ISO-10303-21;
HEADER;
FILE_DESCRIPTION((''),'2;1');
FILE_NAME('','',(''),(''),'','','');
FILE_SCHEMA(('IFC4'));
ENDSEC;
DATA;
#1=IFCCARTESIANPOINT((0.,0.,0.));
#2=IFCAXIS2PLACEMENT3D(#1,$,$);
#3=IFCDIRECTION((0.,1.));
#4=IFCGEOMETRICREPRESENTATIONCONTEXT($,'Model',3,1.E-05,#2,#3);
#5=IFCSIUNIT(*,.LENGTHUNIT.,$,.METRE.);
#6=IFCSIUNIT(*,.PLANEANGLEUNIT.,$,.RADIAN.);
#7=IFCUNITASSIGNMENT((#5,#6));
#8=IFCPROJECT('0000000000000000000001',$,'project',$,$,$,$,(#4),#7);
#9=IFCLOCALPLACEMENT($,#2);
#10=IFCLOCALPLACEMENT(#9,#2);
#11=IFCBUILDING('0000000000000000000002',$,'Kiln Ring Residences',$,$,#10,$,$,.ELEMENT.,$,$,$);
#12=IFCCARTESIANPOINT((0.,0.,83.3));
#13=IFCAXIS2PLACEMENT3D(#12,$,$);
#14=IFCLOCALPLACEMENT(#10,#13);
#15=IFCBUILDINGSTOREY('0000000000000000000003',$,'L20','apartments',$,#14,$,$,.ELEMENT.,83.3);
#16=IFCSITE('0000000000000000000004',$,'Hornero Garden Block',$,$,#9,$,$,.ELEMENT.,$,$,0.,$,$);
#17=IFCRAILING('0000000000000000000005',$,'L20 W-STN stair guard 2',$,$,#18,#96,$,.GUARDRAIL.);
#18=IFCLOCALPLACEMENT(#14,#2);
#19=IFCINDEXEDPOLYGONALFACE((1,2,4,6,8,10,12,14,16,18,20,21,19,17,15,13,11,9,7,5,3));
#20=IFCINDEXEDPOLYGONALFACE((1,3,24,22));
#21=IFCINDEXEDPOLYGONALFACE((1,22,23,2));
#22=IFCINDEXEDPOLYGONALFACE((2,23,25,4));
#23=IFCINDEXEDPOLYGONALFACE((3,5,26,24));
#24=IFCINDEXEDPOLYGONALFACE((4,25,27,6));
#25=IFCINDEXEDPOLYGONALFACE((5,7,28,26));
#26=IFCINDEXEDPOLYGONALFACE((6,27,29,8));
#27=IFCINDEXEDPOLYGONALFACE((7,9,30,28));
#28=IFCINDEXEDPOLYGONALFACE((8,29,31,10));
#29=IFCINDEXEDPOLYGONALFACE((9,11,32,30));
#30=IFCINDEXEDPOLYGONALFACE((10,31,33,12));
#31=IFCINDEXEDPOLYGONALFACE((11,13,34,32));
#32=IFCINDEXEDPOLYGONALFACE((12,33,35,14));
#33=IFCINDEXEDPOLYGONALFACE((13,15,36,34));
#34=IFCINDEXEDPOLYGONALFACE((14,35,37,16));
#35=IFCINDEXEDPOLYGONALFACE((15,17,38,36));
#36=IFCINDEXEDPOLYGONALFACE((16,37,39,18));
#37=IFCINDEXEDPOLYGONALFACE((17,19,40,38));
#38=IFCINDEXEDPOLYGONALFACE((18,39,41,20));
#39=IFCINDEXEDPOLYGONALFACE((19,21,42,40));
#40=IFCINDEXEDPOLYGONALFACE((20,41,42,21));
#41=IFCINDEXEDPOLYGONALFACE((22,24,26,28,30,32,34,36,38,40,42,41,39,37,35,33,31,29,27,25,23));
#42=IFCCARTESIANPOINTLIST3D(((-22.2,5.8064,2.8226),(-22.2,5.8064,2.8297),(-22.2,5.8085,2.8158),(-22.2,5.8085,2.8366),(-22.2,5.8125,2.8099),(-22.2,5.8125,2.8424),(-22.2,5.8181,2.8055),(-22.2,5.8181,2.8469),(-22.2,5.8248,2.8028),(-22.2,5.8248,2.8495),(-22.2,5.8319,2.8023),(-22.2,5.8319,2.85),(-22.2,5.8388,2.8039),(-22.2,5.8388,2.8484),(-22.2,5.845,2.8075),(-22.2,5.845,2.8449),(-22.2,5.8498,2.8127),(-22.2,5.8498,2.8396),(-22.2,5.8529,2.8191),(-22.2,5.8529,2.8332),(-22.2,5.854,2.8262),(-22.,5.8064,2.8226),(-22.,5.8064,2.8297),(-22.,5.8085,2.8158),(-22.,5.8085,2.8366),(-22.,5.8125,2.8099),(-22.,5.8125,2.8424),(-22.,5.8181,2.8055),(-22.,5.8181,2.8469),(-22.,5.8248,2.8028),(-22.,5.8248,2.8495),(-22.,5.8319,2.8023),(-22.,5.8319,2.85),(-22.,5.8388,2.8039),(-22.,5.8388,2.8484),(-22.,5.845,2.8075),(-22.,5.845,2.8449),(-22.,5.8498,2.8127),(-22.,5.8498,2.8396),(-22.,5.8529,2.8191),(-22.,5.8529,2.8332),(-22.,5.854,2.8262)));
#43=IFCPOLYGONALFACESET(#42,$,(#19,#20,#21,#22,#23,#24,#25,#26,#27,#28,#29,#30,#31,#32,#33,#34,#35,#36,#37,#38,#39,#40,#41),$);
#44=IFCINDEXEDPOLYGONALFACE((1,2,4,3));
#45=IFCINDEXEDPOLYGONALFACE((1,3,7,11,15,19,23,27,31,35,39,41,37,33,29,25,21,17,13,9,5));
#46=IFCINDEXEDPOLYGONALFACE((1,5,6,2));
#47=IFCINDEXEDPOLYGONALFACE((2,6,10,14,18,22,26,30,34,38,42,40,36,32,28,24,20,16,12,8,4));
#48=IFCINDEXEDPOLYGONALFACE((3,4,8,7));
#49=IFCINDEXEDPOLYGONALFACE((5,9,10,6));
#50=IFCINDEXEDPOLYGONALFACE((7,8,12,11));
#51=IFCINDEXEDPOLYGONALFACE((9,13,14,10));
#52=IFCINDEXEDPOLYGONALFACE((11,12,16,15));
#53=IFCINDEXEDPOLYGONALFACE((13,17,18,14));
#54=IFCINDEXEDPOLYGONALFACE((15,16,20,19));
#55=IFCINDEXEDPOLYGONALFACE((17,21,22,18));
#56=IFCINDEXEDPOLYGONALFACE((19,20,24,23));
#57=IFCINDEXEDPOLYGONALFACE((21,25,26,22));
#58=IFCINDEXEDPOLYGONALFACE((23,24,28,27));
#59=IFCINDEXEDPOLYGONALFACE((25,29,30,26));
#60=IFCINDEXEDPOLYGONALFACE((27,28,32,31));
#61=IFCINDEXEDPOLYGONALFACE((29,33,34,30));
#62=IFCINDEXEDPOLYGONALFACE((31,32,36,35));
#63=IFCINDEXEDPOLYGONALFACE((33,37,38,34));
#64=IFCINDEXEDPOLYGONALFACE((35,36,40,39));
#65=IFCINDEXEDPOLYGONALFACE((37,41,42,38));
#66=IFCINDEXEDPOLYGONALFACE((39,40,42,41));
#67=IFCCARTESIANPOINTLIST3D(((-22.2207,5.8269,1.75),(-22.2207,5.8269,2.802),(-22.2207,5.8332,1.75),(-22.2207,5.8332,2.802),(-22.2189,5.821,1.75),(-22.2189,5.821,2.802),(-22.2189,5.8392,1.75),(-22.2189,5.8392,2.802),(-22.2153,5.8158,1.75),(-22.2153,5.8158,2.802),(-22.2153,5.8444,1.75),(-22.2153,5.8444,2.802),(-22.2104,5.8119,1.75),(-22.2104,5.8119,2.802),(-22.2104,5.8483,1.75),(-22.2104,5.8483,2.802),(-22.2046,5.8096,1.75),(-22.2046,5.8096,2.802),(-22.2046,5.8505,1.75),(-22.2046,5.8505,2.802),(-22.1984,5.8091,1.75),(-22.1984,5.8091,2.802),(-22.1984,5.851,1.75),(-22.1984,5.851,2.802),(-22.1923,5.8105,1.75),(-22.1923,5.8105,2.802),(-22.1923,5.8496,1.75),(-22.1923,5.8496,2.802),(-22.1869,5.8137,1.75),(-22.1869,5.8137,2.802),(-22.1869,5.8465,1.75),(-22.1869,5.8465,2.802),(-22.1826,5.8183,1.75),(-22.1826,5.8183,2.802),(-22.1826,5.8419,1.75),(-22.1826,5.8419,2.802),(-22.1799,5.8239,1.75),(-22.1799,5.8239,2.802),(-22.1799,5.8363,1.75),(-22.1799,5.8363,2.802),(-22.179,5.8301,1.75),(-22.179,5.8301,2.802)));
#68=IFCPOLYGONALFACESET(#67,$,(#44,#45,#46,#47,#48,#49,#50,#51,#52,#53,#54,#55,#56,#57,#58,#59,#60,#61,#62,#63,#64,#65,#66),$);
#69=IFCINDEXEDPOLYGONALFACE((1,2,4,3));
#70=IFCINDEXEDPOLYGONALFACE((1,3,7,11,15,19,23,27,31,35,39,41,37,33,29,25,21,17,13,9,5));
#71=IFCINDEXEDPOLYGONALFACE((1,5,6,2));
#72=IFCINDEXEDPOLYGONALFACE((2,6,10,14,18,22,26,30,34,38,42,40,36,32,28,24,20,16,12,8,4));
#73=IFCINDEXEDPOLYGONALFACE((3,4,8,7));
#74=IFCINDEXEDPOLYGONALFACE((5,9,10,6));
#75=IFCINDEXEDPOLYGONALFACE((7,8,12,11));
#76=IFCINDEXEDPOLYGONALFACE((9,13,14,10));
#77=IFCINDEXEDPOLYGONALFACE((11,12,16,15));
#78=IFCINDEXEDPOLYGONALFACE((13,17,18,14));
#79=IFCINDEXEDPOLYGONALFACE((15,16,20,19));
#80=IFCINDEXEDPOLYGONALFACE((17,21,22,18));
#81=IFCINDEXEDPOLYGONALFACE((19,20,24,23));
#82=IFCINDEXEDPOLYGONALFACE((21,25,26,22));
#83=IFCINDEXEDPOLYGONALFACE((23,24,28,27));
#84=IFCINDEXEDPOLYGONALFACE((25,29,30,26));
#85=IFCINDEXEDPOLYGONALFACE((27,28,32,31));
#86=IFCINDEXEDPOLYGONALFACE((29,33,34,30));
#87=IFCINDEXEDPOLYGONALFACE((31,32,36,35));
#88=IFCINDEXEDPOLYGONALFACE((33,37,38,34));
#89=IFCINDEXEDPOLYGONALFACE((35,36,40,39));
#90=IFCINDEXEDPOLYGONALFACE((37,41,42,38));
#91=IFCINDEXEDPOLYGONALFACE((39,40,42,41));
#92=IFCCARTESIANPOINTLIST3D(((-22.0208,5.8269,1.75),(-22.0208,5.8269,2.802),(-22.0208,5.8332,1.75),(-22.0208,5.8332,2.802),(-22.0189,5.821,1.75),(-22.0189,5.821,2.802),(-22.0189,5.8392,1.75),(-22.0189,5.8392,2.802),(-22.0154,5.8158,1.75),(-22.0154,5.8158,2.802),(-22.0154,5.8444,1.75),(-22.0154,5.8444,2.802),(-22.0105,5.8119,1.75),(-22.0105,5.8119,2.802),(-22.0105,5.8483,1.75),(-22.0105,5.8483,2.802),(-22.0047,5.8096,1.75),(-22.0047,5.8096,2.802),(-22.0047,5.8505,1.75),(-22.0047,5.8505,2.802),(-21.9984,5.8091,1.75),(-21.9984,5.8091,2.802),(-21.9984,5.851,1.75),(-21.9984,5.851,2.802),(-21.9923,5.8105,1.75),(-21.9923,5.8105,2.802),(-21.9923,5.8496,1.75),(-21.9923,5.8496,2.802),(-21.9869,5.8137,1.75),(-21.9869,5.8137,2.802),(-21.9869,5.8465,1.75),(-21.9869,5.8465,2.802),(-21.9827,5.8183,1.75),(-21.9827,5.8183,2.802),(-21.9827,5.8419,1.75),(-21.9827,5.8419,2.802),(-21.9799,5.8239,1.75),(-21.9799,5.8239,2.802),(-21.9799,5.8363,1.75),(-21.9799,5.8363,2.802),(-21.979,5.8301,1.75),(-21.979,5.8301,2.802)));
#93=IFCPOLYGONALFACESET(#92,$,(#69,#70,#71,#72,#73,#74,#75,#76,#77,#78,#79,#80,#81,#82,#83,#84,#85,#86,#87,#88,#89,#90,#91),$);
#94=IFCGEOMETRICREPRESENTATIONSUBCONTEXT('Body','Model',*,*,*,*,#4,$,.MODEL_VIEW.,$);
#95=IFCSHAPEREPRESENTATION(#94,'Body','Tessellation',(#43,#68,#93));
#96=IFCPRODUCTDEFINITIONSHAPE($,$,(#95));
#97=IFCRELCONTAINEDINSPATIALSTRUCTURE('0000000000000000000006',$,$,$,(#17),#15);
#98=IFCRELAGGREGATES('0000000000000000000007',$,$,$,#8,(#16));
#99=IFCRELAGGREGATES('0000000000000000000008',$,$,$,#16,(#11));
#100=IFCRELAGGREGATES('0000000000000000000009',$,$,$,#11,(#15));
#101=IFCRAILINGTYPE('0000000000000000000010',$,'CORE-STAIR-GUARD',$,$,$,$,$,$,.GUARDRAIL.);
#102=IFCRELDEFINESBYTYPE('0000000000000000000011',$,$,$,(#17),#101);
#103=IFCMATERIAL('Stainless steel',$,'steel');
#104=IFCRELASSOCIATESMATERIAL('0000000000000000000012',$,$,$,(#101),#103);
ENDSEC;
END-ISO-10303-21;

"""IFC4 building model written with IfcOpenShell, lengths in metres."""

from ifc_helpers import new_model, si_unit, direction, frame, origin, origin_2d, place, context, subcontext, project, spatial, circle, extrude, material, type_object, element, save


model = new_model("IFC4")

# Units and contexts
model_context = context("Model", 3, precision=1e-05, world=origin(), true_north=direction((0.0, 1.0)))
body_context = subcontext(model_context, "Body", "Model", "MODEL_VIEW")
ifc_project = project(units=[si_unit("LENGTHUNIT", "METRE"), si_unit("PLANEANGLEUNIT", "RADIAN")], contexts=[model_context])

# Site, building, storey
site_placement = place(None, origin())
site = spatial("IfcSite", under=ifc_project, at=site_placement, Name="Hornero Garden Block", CompositionType="ELEMENT", RefElevation=0.0)
building_placement = place(site_placement, origin())
building = spatial("IfcBuilding", under=site, at=building_placement, Name="Kiln Ring Residences", CompositionType="ELEMENT")
storey_placement = place(building_placement, frame((0.0, 0.0, 83.3)))
storey = spatial("IfcBuildingStorey", under=building, at=storey_placement, Name="L20", Description="apartments", CompositionType="ELEMENT", Elevation=83.3)

# Railing
ifc_material_1 = material(Name="Stainless steel", Category="steel")
railing_type_1 = type_object("IfcRailingType", Name="CORE-STAIR-GUARD", PredefinedType="GUARDRAIL", material=ifc_material_1)
railing_1_placement = place(storey_placement, frame((-22.2, 5.8301, 1.75)))
element("IfcRailing", 1, at=railing_1_placement, inside=storey, type_object=railing_type_1, Name="L20 W-STN stair guard 2", PredefinedType="GUARDRAIL", context=body_context, shape_type="SweptSolid", body=[
    extrude(circle(Radius=0.0239, at=origin_2d()), frame((0.0, 0.0, 1.0762), z_axis=(1.0, 0.0, 0.0), x_axis=(0.0, 1.0, 0.0)), (0.0, 0.0, 1.0), 0.2),
    extrude(circle(Radius=0.021, at=origin_2d()), origin(), (0.0, 0.0, 1.0), 1.052),
    extrude(circle(Radius=0.021, at=origin_2d()), frame((0.2, 0.0, 0.0)), (0.0, 0.0, 1.0), 1.052),
])

save(model, "model.ifc")
